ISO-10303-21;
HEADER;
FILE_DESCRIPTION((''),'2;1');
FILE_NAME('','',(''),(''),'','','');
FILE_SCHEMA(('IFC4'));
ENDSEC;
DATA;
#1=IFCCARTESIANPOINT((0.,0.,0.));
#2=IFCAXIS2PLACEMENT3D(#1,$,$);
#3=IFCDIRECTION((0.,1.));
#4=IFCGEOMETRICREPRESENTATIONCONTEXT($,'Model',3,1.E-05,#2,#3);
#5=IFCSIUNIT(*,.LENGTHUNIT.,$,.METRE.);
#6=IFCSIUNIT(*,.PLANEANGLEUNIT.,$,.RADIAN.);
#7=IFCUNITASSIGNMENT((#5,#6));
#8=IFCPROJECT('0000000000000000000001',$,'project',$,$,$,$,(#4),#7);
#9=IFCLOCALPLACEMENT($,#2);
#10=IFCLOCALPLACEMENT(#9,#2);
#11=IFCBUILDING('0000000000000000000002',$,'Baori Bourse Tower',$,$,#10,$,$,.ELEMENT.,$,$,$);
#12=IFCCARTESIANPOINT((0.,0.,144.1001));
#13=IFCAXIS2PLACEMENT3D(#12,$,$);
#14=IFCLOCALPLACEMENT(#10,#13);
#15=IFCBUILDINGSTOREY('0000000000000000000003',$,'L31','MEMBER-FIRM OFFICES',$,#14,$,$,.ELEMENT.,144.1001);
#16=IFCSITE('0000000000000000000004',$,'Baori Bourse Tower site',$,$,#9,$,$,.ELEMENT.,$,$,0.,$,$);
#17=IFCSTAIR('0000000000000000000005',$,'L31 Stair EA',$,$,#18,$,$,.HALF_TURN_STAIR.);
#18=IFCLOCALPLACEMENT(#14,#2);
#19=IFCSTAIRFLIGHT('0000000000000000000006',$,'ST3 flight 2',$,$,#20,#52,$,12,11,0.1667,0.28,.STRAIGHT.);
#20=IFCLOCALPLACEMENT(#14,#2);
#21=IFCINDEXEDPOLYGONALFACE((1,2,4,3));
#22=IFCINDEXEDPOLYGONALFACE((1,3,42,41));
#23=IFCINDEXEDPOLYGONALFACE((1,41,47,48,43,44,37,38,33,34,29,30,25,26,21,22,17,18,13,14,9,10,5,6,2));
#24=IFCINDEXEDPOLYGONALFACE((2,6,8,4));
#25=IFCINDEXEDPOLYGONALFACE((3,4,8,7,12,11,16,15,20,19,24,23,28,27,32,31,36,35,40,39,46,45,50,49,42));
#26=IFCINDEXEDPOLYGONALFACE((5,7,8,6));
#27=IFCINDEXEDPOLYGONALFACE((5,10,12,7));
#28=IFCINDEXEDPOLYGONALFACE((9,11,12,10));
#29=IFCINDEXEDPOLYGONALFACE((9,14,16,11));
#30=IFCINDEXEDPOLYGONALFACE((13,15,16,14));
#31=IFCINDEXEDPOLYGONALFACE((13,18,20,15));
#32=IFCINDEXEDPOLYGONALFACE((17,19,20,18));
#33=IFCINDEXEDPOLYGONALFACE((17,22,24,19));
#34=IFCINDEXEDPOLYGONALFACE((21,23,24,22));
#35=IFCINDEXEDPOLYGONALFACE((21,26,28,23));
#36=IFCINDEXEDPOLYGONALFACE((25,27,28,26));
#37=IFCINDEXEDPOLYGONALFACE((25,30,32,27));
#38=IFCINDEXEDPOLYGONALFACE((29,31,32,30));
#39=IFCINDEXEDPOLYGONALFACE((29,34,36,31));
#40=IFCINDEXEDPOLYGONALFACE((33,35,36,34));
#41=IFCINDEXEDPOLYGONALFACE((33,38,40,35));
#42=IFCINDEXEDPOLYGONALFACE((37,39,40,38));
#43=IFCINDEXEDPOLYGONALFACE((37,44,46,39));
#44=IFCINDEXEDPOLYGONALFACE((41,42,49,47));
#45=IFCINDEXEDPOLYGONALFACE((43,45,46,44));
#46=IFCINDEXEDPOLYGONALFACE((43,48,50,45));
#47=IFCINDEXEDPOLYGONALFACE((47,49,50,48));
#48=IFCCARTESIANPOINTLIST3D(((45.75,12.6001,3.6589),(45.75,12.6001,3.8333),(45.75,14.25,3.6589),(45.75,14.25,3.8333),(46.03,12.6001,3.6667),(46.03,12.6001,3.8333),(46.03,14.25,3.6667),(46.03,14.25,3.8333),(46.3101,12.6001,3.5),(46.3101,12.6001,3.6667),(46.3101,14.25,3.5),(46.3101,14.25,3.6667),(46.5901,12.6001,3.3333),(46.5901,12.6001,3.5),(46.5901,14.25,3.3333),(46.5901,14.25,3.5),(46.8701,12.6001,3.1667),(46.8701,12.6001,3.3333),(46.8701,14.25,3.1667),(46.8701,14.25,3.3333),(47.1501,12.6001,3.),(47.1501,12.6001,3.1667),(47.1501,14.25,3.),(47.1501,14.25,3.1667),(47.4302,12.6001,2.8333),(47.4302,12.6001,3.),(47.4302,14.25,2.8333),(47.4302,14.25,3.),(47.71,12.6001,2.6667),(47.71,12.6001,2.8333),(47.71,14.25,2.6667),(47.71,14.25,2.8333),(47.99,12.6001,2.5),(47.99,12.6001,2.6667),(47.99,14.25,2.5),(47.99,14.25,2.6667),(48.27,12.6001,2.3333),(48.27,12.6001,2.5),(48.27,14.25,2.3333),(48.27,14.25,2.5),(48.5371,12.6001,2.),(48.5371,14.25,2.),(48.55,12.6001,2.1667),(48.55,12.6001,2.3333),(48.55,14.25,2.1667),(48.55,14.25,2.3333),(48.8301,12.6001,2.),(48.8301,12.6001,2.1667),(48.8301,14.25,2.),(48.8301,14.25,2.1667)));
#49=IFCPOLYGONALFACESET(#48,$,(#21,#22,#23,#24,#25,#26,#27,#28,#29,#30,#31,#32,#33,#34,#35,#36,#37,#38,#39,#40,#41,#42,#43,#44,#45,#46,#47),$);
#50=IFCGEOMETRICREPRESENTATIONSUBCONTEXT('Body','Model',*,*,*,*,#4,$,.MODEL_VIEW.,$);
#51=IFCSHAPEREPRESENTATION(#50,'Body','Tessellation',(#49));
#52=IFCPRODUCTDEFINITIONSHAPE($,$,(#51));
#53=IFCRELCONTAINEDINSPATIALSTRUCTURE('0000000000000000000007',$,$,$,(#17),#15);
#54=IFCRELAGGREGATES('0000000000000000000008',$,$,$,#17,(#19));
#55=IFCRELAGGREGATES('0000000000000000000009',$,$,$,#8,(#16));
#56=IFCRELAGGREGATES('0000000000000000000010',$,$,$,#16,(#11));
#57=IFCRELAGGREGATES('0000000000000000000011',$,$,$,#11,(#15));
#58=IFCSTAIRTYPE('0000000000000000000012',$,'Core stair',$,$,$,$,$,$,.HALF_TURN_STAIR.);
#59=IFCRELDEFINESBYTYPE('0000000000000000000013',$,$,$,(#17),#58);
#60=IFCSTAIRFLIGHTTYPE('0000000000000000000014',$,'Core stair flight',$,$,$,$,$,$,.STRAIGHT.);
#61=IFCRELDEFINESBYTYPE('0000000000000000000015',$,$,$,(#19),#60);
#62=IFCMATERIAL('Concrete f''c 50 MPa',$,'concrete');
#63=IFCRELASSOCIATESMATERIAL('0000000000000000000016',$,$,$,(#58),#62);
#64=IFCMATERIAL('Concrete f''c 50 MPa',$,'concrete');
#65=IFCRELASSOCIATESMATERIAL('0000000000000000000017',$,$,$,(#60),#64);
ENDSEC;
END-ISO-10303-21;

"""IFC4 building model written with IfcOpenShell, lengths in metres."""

from ifc_helpers import new_model, si_unit, direction, frame, origin, place, context, subcontext, project, spatial, polyline, outline, extrude, material, type_object, element, aggregate, save


model = new_model("IFC4")

# Units and contexts
model_context = context("Model", 3, precision=1e-05, world=origin(), true_north=direction((0.0, 1.0)))
body_context = subcontext(model_context, "Body", "Model", "MODEL_VIEW")
ifc_project = project(units=[si_unit("LENGTHUNIT", "METRE"), si_unit("PLANEANGLEUNIT", "RADIAN")], contexts=[model_context])

# Site, building, storey
site_placement = place(None, origin())
site = spatial("IfcSite", under=ifc_project, at=site_placement, Name="Baori Bourse Tower site", CompositionType="ELEMENT", RefElevation=0.0)
building_placement = place(site_placement, origin())
building = spatial("IfcBuilding", under=site, at=building_placement, Name="Baori Bourse Tower", CompositionType="ELEMENT")
storey_placement = place(building_placement, frame((0.0, 0.0, 144.1001)))
storey = spatial("IfcBuildingStorey", under=building, at=storey_placement, Name="L31", Description="MEMBER-FIRM OFFICES", CompositionType="ELEMENT", Elevation=144.1001)

# Stair, stair flight
ifc_material_1 = material(Name="Concrete f'c 50 MPa", Category="concrete")
stair_type = type_object("IfcStairType", Name="Core stair", PredefinedType="HALF_TURN_STAIR", material=ifc_material_1)
stair_placement = place(storey_placement, origin())
stair = element("IfcStair", 1, at=stair_placement, inside=storey, type_object=stair_type, Name="L31 Stair EA", PredefinedType="HALF_TURN_STAIR")
ifc_material_2 = material(Name="Concrete f'c 50 MPa", Category="concrete")
stair_flight_type = type_object("IfcStairFlightType", Name="Core stair flight", PredefinedType="STRAIGHT", material=ifc_material_2)
stair_flight_1_placement = place(storey_placement, frame((48.8301, 13.425, 2.0), z_axis=(0.0, 0.0, 1.0), x_axis=(-1.0, 0.0, 0.0)))
stair_flight_1 = element("IfcStairFlight", 2, at=stair_flight_1_placement, type_object=stair_flight_type, Name="ST3 flight 2", NumberOfRisers=12, NumberOfTreads=11, PredefinedType="STRAIGHT", RiserHeight=0.1667, TreadLength=0.28, context=body_context, shape_type="SweptSolid", body=[
    extrude(outline(polyline([(0.0, 0.0), (0.0, 0.1667), (0.28, 0.1667), (0.28, 0.3333), (0.5601, 0.3333), (0.5601, 0.5), (0.8401, 0.5), (0.8401, 0.6667), (1.1201, 0.6667), (1.1201, 0.8333), (1.3999, 0.8333), (1.3999, 1.0), (1.6799, 1.0), (1.6799, 1.1667), (1.96, 1.1667), (1.96, 1.3333), (2.24, 1.3333), (2.24, 1.5), (2.52, 1.5), (2.52, 1.6667), (2.8, 1.6667), (2.8, 1.8333), (3.0801, 1.8333), (3.0801, 2.0), (3.0801, 1.6589), (0.293, 0.0), (0.0, 0.0)])), frame((0.0, 0.825, 0.0), z_axis=(0.0, -1.0, 0.0), x_axis=(1.0, 0.0, 0.0)), (0.0, 0.0, 1.0), 1.6499),
])
aggregate(stair, [stair_flight_1])

save(model, "model.ifc")
